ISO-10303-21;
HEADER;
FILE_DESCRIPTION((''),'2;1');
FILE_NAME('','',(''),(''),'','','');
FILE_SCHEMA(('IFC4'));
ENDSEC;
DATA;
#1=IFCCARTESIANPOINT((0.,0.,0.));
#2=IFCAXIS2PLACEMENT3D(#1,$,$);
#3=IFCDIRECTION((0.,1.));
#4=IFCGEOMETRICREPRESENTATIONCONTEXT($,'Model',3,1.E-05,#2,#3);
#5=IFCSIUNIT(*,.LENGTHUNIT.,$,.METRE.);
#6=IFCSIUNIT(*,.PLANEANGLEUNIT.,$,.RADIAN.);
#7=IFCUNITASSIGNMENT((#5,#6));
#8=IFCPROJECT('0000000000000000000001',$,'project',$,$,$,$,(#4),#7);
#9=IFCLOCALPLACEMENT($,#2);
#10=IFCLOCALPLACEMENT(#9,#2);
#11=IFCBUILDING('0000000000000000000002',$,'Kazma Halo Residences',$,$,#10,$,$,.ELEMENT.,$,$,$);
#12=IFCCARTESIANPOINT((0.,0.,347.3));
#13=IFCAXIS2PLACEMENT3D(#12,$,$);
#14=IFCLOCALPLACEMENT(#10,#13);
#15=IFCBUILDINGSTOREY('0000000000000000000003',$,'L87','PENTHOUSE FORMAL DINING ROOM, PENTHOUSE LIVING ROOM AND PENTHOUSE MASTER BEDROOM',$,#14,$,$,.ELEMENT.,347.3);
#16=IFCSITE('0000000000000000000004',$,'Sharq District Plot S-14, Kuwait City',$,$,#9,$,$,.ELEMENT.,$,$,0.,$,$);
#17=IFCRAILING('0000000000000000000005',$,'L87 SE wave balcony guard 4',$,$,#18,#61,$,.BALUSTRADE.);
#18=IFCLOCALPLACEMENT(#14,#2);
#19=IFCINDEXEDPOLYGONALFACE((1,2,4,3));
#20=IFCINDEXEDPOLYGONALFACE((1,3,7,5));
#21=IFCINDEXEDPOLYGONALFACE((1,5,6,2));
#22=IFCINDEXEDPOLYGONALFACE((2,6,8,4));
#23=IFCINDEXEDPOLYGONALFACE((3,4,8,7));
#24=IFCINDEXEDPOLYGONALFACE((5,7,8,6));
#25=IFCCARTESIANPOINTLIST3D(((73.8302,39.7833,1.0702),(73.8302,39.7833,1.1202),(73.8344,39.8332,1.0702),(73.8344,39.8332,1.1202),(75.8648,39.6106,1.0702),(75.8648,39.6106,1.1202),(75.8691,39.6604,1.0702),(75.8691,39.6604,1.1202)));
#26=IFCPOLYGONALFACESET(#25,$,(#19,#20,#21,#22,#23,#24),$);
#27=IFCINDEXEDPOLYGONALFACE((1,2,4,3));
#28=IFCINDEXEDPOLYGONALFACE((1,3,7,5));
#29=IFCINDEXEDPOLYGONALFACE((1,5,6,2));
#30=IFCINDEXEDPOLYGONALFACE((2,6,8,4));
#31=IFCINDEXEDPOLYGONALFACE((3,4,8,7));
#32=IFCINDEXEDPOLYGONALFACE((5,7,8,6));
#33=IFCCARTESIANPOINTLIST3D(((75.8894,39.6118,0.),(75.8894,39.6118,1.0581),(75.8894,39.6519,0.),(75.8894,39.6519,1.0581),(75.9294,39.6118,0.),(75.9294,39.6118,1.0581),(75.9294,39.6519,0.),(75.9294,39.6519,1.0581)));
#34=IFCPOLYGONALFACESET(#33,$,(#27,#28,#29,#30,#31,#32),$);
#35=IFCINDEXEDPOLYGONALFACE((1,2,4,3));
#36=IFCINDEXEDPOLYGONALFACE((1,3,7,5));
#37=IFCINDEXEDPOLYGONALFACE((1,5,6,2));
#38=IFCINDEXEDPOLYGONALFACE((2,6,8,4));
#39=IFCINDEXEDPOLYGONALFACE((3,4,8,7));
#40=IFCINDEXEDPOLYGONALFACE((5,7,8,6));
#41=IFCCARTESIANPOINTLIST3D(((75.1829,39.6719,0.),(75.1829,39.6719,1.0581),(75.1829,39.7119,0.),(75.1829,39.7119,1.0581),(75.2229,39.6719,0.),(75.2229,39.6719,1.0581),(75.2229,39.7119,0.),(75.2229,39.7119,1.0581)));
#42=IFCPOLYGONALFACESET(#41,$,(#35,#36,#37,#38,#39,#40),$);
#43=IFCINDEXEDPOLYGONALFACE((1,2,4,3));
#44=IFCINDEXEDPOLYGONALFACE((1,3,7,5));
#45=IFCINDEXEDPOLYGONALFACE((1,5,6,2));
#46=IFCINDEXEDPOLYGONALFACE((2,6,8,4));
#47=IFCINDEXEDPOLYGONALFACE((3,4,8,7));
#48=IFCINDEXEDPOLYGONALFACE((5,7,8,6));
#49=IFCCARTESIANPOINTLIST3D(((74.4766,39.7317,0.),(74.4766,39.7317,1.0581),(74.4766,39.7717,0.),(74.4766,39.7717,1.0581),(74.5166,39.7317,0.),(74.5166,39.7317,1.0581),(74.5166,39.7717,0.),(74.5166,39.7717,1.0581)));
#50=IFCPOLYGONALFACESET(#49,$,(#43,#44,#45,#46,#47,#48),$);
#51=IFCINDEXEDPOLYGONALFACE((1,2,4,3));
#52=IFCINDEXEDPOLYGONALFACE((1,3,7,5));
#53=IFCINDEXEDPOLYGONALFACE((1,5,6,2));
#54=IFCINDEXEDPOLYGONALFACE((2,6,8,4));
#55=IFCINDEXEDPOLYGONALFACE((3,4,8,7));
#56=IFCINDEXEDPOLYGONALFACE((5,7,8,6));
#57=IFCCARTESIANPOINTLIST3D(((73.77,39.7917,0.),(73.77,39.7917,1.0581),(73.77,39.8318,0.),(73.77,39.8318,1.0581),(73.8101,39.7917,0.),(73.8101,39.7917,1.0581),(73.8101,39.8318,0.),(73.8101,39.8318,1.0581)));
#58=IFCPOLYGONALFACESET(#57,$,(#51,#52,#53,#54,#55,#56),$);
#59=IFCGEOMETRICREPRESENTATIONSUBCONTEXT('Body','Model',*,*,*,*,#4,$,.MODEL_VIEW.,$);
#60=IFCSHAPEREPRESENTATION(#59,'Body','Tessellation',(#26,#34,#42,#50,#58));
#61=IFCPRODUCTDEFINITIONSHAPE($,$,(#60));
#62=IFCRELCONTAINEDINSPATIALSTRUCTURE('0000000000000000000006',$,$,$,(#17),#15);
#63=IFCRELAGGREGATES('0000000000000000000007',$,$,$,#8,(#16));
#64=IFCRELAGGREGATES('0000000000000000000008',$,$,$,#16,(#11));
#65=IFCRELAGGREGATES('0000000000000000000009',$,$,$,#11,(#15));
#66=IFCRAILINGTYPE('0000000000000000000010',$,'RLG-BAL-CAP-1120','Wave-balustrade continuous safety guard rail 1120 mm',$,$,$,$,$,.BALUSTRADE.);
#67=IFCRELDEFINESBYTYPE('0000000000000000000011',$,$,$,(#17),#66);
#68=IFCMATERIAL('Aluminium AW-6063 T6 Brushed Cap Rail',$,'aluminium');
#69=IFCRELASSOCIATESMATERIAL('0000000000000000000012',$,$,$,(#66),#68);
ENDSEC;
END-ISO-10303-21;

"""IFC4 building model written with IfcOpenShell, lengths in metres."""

from ifc_helpers import new_model, si_unit, direction, frame, origin, origin_2d, place, context, subcontext, project, spatial, rectangle, extrude, material, type_object, element, save


model = new_model("IFC4")

# Units and contexts
model_context = context("Model", 3, precision=1e-05, world=origin(), true_north=direction((0.0, 1.0)))
body_context = subcontext(model_context, "Body", "Model", "MODEL_VIEW")
ifc_project = project(units=[si_unit("LENGTHUNIT", "METRE"), si_unit("PLANEANGLEUNIT", "RADIAN")], contexts=[model_context])

# Site, building, storey
site_placement = place(None, origin())
site = spatial("IfcSite", under=ifc_project, at=site_placement, Name="Sharq District Plot S-14, Kuwait City", CompositionType="ELEMENT", RefElevation=0.0)
building_placement = place(site_placement, origin())
building = spatial("IfcBuilding", under=site, at=building_placement, Name="Kazma Halo Residences", CompositionType="ELEMENT")
storey_placement = place(building_placement, frame((0.0, 0.0, 347.3)))
storey = spatial("IfcBuildingStorey", under=building, at=storey_placement, Name="L87", Description="PENTHOUSE FORMAL DINING ROOM, PENTHOUSE LIVING ROOM AND PENTHOUSE MASTER BEDROOM", CompositionType="ELEMENT", Elevation=347.3)

# Railing
ifc_material_1 = material(Name="Aluminium AW-6063 T6 Brushed Cap Rail", Category="aluminium")
railing_type = type_object("IfcRailingType", Name="RLG-BAL-CAP-1120", Description="Wave-balustrade continuous safety guard rail 1120 mm", PredefinedType="BALUSTRADE", material=ifc_material_1)
railing_placement = place(storey_placement, frame((75.9094, 39.6318, 0.0)))
element("IfcRailing", 1, at=railing_placement, inside=storey, type_object=railing_type, Name="L87 SE wave balcony guard 4", PredefinedType="BALUSTRADE", context=body_context, shape_type="SweptSolid", body=[
    extrude(rectangle(XDim=0.05, YDim=0.05, at=origin_2d()), frame((-0.0425, 0.0037, 1.0952), z_axis=(-0.996416, 0.084594, 0.0), x_axis=(-0.084594, -0.996416, 0.0)), (0.0, 0.0, 1.0), 2.042),
    extrude(rectangle(XDim=0.04, YDim=0.04, at=origin_2d()), origin(), (0.0, 0.0, 1.0), 1.0581),
    extrude(rectangle(XDim=0.04, YDim=0.04, at=origin_2d()), frame((-0.7065, 0.0601, 0.0)), (0.0, 0.0, 1.0), 1.0581),
    extrude(rectangle(XDim=0.04, YDim=0.04, at=origin_2d()), frame((-1.4128, 0.1199, 0.0)), (0.0, 0.0, 1.0), 1.0581),
    extrude(rectangle(XDim=0.04, YDim=0.04, at=origin_2d()), frame((-2.1194, 0.1799, 0.0)), (0.0, 0.0, 1.0), 1.0581),
])

save(model, "model.ifc")
